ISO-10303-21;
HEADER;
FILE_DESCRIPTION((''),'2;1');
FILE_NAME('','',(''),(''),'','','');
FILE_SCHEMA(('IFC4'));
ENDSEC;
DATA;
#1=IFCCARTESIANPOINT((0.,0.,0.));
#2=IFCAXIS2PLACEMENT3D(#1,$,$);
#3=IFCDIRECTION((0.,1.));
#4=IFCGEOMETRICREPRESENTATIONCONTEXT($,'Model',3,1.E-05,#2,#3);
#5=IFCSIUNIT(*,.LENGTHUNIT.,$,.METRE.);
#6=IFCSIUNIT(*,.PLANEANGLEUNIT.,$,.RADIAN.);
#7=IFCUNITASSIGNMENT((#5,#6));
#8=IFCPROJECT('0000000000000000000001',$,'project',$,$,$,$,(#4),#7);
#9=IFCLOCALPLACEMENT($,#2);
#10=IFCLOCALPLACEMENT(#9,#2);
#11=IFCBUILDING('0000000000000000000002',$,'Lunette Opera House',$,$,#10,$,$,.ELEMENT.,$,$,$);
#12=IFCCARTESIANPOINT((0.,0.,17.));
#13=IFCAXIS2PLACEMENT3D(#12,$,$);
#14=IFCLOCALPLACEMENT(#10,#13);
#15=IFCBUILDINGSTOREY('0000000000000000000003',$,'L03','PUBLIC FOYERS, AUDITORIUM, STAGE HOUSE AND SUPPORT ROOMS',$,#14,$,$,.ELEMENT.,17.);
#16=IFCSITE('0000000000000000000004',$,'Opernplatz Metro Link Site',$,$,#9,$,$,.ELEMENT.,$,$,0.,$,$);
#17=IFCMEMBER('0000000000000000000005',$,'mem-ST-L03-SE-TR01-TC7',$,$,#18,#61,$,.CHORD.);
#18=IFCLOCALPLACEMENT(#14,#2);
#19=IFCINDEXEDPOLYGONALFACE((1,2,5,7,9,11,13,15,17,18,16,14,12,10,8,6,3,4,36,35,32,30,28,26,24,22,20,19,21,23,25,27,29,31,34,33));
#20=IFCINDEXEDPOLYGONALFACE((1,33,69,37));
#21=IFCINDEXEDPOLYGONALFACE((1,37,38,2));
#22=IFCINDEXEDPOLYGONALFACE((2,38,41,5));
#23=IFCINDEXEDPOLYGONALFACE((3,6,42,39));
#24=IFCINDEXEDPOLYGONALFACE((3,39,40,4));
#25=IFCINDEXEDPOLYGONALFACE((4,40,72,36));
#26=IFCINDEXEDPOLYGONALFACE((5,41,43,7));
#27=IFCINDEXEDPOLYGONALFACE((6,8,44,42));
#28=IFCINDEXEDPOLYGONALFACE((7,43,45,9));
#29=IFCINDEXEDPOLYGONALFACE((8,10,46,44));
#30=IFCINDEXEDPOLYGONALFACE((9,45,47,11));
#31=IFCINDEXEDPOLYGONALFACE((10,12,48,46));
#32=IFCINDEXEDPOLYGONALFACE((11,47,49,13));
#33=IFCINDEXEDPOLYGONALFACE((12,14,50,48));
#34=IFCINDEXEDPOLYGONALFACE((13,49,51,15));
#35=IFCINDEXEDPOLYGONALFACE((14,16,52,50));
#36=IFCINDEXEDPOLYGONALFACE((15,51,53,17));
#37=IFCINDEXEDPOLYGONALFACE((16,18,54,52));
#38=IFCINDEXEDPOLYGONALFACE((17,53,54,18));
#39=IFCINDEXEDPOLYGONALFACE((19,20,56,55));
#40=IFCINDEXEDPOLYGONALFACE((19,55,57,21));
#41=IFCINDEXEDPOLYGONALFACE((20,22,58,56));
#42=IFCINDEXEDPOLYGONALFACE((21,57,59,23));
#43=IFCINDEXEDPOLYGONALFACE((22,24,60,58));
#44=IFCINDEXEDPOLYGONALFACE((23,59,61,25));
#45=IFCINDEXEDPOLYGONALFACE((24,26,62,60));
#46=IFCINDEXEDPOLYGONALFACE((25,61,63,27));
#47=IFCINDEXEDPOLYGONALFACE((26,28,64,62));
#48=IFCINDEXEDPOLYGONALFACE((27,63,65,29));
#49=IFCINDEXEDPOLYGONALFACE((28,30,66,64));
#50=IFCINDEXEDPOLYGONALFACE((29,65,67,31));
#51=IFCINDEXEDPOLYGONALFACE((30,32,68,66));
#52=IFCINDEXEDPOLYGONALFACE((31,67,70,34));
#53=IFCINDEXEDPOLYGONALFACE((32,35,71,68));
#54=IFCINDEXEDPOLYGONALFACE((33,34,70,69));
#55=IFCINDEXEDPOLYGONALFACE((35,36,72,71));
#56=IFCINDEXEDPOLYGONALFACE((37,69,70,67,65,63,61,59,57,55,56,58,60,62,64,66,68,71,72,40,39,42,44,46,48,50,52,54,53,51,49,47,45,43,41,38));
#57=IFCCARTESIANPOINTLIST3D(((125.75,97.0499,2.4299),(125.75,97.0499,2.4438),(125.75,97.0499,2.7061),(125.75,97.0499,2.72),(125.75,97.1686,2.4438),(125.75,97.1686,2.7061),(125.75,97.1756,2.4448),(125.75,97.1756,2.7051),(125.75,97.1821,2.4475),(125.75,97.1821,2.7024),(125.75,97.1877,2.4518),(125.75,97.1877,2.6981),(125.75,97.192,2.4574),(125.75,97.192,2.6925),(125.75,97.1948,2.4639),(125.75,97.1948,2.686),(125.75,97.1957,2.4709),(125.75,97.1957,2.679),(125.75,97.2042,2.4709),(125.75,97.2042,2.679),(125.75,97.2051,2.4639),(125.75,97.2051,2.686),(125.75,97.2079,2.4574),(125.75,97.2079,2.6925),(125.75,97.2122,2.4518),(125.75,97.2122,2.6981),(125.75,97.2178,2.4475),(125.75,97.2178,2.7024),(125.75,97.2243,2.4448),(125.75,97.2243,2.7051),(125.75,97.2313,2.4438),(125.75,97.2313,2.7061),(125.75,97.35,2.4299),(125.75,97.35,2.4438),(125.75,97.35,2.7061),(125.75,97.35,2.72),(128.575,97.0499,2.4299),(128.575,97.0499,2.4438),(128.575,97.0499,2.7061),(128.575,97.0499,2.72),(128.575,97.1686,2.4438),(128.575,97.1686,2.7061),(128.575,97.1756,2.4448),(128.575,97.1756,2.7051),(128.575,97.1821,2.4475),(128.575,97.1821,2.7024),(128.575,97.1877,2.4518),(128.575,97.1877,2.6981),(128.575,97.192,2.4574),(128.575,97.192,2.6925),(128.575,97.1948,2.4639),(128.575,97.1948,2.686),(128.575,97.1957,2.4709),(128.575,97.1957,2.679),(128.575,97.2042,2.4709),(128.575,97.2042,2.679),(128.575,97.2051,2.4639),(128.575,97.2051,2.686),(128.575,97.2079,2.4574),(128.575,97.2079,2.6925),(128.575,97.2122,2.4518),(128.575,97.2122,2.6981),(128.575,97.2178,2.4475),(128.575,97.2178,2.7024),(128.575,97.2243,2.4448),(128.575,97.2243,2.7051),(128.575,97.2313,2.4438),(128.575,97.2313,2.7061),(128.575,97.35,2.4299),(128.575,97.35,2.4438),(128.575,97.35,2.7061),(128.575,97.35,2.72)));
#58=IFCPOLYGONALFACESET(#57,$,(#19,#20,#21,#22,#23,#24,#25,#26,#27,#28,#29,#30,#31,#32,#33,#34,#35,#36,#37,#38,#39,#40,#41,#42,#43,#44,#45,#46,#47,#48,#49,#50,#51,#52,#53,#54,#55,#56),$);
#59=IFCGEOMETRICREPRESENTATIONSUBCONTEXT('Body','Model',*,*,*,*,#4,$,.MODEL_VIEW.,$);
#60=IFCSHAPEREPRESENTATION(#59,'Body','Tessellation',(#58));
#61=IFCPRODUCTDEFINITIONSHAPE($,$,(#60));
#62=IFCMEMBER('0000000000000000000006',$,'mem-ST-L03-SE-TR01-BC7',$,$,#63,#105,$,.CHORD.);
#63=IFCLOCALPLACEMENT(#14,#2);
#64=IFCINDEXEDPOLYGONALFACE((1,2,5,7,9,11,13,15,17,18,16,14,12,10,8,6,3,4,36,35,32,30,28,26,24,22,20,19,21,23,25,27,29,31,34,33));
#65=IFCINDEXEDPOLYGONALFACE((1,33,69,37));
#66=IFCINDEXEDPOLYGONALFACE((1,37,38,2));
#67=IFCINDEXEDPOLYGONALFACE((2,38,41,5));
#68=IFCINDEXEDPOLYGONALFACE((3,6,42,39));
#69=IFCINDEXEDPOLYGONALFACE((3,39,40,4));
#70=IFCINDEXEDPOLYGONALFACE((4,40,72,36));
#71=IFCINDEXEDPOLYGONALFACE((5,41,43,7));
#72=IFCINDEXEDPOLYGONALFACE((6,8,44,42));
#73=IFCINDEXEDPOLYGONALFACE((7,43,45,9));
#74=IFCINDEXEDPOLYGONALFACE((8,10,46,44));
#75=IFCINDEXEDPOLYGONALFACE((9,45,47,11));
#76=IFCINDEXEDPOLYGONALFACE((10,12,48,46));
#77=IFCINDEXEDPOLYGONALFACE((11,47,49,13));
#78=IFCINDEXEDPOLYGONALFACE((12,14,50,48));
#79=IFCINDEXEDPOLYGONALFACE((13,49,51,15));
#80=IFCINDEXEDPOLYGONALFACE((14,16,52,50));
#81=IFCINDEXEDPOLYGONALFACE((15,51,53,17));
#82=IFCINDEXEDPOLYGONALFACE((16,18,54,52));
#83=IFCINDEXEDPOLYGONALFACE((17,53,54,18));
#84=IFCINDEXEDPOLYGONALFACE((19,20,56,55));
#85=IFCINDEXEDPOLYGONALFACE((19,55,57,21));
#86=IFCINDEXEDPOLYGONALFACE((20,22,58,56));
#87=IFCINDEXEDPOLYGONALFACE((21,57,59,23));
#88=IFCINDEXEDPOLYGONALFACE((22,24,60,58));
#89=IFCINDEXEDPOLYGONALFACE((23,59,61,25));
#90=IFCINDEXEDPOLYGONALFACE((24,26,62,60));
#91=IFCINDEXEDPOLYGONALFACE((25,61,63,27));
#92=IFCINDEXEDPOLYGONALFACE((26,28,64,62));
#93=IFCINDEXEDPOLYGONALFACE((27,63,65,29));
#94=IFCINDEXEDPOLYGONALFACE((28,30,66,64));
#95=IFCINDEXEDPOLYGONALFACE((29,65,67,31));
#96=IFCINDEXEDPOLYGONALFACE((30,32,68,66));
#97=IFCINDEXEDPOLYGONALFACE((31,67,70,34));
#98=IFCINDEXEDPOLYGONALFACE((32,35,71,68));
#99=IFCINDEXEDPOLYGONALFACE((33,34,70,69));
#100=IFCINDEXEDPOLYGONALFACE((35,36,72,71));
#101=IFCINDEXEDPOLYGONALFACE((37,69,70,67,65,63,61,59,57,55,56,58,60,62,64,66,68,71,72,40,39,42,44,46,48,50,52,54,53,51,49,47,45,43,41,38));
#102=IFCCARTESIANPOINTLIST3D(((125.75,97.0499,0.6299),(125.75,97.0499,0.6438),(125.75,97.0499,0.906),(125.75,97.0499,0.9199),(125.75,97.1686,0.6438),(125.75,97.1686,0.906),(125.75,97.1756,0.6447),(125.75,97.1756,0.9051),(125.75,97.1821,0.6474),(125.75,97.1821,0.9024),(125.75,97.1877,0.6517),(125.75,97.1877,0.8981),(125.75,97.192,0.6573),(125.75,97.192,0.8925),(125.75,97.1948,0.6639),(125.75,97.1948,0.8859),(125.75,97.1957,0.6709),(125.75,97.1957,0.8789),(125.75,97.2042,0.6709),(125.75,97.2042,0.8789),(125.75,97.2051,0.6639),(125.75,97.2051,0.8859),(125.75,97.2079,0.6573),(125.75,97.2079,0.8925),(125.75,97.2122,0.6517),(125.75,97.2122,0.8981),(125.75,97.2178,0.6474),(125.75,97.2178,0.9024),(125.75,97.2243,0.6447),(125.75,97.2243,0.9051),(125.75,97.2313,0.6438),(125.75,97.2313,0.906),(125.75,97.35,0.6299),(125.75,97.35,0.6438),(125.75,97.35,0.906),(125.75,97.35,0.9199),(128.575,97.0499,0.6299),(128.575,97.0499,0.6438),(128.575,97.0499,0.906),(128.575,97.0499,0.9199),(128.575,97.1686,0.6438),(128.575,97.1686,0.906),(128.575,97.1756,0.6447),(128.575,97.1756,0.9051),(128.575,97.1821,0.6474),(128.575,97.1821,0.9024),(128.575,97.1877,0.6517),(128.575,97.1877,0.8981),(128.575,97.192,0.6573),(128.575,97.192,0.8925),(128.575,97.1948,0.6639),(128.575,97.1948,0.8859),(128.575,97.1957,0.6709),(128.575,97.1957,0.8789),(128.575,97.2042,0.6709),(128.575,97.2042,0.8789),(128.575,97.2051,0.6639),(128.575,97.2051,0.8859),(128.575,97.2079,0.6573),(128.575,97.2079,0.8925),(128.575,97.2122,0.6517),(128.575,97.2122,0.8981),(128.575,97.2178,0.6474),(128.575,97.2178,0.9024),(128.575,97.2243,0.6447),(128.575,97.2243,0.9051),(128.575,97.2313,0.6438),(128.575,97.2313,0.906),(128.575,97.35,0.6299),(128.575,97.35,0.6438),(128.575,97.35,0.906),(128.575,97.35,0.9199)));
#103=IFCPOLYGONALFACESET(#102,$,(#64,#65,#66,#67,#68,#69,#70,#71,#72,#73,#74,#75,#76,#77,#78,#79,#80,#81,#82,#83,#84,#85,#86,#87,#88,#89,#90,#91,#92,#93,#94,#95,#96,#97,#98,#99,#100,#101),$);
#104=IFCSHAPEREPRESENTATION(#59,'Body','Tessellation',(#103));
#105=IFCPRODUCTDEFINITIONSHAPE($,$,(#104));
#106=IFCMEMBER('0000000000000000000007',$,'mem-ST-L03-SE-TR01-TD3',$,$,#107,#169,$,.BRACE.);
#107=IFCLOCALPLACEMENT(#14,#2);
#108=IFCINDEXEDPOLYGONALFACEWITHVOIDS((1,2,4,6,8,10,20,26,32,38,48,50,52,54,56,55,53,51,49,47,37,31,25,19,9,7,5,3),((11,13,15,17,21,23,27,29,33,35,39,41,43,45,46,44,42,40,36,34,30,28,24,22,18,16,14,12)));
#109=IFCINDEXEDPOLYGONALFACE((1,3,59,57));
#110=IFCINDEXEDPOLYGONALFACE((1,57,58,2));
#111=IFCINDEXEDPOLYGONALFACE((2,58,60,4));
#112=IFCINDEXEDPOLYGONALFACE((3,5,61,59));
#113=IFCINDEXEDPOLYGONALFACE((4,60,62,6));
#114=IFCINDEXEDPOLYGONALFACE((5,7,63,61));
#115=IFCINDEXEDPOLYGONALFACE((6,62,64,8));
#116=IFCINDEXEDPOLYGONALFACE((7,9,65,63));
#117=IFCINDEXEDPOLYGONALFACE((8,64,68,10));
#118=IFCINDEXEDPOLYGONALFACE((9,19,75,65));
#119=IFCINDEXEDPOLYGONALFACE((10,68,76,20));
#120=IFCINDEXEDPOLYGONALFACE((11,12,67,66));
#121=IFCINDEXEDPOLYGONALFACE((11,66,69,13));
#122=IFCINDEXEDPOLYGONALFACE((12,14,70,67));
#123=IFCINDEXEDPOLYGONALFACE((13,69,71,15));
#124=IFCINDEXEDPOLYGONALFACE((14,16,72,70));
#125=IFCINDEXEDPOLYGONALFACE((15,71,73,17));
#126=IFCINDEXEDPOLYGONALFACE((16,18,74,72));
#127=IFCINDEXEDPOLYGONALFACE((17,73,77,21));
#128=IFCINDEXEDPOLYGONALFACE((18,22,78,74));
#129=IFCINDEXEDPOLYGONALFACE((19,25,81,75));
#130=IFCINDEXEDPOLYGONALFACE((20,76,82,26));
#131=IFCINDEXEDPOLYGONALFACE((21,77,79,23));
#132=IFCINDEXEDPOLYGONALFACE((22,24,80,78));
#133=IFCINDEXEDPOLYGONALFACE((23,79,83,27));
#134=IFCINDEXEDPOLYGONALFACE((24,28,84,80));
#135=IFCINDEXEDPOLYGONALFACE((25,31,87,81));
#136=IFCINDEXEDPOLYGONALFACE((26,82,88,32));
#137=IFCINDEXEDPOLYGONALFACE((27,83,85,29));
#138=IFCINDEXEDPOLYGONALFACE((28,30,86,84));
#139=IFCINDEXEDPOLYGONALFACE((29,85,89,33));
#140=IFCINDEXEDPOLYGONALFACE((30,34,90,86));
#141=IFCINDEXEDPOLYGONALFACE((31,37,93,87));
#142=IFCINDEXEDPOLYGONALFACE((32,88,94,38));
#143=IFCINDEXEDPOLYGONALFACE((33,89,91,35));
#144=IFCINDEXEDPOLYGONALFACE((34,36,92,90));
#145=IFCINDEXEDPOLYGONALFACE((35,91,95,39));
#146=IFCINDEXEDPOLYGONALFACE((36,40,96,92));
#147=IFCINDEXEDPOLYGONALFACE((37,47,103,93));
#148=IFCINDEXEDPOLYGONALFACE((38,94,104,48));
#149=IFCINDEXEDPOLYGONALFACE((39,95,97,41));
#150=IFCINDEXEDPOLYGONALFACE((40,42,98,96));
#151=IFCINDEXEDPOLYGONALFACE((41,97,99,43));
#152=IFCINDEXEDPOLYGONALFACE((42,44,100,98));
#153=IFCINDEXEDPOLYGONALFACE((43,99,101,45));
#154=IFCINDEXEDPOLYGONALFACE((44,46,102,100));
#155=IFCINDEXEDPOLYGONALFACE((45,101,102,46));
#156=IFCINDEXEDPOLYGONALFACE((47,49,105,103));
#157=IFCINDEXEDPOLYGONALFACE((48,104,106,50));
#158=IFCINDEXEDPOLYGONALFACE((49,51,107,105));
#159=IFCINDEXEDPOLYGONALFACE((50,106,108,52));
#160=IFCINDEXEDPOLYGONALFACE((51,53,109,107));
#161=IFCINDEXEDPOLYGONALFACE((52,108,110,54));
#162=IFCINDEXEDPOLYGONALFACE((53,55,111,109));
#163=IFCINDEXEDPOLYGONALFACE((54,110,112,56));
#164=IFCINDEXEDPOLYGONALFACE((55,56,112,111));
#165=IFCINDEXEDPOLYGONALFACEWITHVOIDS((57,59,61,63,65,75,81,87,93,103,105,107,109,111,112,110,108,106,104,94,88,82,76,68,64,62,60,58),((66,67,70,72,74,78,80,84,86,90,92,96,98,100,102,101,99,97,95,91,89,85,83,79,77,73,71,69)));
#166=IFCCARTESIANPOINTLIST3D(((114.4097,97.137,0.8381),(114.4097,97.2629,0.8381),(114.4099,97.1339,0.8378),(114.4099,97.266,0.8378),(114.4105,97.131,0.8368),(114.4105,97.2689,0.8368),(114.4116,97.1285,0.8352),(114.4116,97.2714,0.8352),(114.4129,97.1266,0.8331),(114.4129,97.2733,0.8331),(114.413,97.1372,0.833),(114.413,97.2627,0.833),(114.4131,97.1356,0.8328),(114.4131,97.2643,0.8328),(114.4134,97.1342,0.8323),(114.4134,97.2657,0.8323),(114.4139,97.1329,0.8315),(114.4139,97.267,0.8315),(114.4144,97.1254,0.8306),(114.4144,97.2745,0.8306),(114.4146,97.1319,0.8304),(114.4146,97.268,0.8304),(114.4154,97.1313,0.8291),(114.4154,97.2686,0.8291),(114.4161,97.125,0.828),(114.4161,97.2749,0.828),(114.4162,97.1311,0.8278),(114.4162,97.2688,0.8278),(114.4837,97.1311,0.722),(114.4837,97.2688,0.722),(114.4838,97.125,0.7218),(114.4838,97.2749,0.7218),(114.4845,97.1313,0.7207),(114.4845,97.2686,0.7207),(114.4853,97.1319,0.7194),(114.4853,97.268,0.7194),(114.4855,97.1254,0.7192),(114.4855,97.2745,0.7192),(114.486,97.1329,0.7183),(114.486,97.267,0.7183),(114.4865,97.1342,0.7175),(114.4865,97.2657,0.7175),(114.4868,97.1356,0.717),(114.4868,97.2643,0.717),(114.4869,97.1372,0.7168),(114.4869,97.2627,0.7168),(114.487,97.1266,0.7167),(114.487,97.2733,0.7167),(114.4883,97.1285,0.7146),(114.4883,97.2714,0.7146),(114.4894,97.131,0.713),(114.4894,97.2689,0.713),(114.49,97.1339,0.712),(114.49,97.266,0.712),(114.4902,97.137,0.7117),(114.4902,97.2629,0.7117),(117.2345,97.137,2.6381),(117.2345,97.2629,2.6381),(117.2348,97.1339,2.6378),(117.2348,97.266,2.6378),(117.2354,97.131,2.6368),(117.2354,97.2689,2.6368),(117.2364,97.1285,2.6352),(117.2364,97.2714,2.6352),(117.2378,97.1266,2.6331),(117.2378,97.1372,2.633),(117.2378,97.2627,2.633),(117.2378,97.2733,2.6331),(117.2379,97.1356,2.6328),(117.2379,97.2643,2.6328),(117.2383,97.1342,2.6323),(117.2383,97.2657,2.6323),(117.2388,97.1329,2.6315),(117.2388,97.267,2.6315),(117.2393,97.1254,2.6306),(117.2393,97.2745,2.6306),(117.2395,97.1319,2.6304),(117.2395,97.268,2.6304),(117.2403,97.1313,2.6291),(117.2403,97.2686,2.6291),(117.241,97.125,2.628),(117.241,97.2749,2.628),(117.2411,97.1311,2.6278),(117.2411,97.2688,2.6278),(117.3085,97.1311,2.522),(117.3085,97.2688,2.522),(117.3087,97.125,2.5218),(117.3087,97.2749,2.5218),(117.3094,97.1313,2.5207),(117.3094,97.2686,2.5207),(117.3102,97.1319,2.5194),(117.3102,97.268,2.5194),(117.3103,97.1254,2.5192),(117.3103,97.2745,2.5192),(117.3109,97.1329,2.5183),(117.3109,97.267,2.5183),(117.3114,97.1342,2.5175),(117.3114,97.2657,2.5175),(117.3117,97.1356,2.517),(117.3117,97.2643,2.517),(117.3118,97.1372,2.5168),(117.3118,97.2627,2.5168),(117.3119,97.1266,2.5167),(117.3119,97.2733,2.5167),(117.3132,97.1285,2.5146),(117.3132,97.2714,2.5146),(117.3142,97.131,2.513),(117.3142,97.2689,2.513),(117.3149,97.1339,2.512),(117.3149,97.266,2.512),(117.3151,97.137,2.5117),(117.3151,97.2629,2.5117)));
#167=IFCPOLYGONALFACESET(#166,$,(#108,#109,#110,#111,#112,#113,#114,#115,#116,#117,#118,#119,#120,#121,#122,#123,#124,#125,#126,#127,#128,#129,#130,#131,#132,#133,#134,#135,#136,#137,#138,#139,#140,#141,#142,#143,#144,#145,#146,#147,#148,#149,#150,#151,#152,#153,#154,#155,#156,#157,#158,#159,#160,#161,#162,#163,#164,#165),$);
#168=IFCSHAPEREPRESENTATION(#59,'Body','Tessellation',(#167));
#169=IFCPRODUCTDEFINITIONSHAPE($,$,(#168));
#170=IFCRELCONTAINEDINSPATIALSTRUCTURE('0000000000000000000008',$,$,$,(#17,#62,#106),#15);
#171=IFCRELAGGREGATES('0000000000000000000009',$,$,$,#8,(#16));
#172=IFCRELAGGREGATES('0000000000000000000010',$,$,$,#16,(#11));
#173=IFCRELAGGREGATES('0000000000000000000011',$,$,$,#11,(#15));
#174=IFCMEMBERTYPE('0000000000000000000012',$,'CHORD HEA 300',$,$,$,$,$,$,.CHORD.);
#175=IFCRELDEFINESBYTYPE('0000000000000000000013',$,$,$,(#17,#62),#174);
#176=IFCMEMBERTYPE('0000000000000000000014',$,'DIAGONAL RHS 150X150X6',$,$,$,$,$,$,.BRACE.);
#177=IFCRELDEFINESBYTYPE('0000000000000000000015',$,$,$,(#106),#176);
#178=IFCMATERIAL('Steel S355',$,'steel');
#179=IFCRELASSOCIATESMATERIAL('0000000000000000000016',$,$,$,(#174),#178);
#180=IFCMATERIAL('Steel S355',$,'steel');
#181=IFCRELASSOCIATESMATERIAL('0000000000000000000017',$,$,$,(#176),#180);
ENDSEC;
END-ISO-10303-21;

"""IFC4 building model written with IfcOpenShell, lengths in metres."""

from ifc_helpers import new_model, si_unit, direction, frame, origin, origin_2d, place, context, subcontext, project, spatial, hollow_rectangle, i_section, extrude, material, material_profile, profile_set, type_object, element, save


model = new_model("IFC4")

# Units and contexts
model_context = context("Model", 3, precision=1e-05, world=origin(), true_north=direction((0.0, 1.0)))
body_context = subcontext(model_context, "Body", "Model", "MODEL_VIEW")
ifc_project = project(units=[si_unit("LENGTHUNIT", "METRE"), si_unit("PLANEANGLEUNIT", "RADIAN")], contexts=[model_context])

# Site, building, storey
site_placement = place(None, origin())
site = spatial("IfcSite", under=ifc_project, at=site_placement, Name="Opernplatz Metro Link Site", CompositionType="ELEMENT", RefElevation=0.0)
building_placement = place(site_placement, origin())
building = spatial("IfcBuilding", under=site, at=building_placement, Name="Lunette Opera House", CompositionType="ELEMENT")
storey_placement = place(building_placement, frame((0.0, 0.0, 17.0)))
storey = spatial("IfcBuildingStorey", under=building, at=storey_placement, Name="L03", Description="PUBLIC FOYERS, AUDITORIUM, STAGE HOUSE AND SUPPORT ROOMS", CompositionType="ELEMENT", Elevation=17.0)

# Members
ifc_material_1 = material(Name="Steel S355", Category="steel")
ifc_material_profile_1 = material_profile(ifc_material_1, i_section(OverallWidth=0.3, OverallDepth=0.29, WebThickness=0.0085, FlangeThickness=0.0139, FilletRadius=0.0271, at=origin_2d()), Name="HEA 300")
ifc_profile_set_1 = profile_set([ifc_material_profile_1], Name="Steel S355")
member_type_1 = type_object("IfcMemberType", Name="CHORD HEA 300", PredefinedType="CHORD", material=ifc_profile_set_1)
for number, where, z_axis, x_axis, name in (
    (1, (125.75, 97.2, 2.575), (1.0, 0.0, 0.0), (0.0, 1.0, 0.0), "mem-ST-L03-SE-TR01-TC7"),
    (2, (125.75, 97.2, 0.7749), (1.0, 0.0, 0.0), (0.0, 1.0, 0.0), "mem-ST-L03-SE-TR01-BC7"),
):
    element("IfcMember", number, at=place(storey_placement, frame(where, z_axis=z_axis, x_axis=x_axis)), inside=storey, type_object=member_type_1, Name=name, PredefinedType="CHORD", context=body_context, shape_type="SweptSolid", body=[
        extrude(i_section(OverallWidth=0.3, OverallDepth=0.29, WebThickness=0.0085, FlangeThickness=0.0139, FilletRadius=0.0271, at=origin_2d()), origin(), (0.0, 0.0, 1.0), 2.825),
    ])
ifc_material_2 = material(Name="Steel S355", Category="steel")
ifc_material_profile_2 = material_profile(ifc_material_2, hollow_rectangle(XDim=0.1499, YDim=0.1499, WallThickness=0.0061, InnerFilletRadius=0.0061, OuterFilletRadius=0.012, at=origin_2d()), Name="RHS 150X150X6")
ifc_profile_set_2 = profile_set([ifc_material_profile_2], Name="Steel S355")
member_type_2 = type_object("IfcMemberType", Name="DIAGONAL RHS 150X150X6", PredefinedType="BRACE", material=ifc_profile_set_2)
member_1_placement = place(storey_placement, frame((114.45, 97.2, 0.7749), z_axis=(0.843343, 0.0, 0.537375), x_axis=(0.0, 1.0, 0.0)))
element("IfcMember", 3, at=member_1_placement, inside=storey, type_object=member_type_2, Name="mem-ST-L03-SE-TR01-TD3", PredefinedType="BRACE", context=body_context, shape_type="SweptSolid", body=[
    extrude(hollow_rectangle(XDim=0.1499, YDim=0.1499, WallThickness=0.0061, InnerFilletRadius=0.0061, OuterFilletRadius=0.012, at=origin_2d()), origin(), (0.0, 0.0, 1.0), 3.3496),
])

save(model, "model.ifc")
